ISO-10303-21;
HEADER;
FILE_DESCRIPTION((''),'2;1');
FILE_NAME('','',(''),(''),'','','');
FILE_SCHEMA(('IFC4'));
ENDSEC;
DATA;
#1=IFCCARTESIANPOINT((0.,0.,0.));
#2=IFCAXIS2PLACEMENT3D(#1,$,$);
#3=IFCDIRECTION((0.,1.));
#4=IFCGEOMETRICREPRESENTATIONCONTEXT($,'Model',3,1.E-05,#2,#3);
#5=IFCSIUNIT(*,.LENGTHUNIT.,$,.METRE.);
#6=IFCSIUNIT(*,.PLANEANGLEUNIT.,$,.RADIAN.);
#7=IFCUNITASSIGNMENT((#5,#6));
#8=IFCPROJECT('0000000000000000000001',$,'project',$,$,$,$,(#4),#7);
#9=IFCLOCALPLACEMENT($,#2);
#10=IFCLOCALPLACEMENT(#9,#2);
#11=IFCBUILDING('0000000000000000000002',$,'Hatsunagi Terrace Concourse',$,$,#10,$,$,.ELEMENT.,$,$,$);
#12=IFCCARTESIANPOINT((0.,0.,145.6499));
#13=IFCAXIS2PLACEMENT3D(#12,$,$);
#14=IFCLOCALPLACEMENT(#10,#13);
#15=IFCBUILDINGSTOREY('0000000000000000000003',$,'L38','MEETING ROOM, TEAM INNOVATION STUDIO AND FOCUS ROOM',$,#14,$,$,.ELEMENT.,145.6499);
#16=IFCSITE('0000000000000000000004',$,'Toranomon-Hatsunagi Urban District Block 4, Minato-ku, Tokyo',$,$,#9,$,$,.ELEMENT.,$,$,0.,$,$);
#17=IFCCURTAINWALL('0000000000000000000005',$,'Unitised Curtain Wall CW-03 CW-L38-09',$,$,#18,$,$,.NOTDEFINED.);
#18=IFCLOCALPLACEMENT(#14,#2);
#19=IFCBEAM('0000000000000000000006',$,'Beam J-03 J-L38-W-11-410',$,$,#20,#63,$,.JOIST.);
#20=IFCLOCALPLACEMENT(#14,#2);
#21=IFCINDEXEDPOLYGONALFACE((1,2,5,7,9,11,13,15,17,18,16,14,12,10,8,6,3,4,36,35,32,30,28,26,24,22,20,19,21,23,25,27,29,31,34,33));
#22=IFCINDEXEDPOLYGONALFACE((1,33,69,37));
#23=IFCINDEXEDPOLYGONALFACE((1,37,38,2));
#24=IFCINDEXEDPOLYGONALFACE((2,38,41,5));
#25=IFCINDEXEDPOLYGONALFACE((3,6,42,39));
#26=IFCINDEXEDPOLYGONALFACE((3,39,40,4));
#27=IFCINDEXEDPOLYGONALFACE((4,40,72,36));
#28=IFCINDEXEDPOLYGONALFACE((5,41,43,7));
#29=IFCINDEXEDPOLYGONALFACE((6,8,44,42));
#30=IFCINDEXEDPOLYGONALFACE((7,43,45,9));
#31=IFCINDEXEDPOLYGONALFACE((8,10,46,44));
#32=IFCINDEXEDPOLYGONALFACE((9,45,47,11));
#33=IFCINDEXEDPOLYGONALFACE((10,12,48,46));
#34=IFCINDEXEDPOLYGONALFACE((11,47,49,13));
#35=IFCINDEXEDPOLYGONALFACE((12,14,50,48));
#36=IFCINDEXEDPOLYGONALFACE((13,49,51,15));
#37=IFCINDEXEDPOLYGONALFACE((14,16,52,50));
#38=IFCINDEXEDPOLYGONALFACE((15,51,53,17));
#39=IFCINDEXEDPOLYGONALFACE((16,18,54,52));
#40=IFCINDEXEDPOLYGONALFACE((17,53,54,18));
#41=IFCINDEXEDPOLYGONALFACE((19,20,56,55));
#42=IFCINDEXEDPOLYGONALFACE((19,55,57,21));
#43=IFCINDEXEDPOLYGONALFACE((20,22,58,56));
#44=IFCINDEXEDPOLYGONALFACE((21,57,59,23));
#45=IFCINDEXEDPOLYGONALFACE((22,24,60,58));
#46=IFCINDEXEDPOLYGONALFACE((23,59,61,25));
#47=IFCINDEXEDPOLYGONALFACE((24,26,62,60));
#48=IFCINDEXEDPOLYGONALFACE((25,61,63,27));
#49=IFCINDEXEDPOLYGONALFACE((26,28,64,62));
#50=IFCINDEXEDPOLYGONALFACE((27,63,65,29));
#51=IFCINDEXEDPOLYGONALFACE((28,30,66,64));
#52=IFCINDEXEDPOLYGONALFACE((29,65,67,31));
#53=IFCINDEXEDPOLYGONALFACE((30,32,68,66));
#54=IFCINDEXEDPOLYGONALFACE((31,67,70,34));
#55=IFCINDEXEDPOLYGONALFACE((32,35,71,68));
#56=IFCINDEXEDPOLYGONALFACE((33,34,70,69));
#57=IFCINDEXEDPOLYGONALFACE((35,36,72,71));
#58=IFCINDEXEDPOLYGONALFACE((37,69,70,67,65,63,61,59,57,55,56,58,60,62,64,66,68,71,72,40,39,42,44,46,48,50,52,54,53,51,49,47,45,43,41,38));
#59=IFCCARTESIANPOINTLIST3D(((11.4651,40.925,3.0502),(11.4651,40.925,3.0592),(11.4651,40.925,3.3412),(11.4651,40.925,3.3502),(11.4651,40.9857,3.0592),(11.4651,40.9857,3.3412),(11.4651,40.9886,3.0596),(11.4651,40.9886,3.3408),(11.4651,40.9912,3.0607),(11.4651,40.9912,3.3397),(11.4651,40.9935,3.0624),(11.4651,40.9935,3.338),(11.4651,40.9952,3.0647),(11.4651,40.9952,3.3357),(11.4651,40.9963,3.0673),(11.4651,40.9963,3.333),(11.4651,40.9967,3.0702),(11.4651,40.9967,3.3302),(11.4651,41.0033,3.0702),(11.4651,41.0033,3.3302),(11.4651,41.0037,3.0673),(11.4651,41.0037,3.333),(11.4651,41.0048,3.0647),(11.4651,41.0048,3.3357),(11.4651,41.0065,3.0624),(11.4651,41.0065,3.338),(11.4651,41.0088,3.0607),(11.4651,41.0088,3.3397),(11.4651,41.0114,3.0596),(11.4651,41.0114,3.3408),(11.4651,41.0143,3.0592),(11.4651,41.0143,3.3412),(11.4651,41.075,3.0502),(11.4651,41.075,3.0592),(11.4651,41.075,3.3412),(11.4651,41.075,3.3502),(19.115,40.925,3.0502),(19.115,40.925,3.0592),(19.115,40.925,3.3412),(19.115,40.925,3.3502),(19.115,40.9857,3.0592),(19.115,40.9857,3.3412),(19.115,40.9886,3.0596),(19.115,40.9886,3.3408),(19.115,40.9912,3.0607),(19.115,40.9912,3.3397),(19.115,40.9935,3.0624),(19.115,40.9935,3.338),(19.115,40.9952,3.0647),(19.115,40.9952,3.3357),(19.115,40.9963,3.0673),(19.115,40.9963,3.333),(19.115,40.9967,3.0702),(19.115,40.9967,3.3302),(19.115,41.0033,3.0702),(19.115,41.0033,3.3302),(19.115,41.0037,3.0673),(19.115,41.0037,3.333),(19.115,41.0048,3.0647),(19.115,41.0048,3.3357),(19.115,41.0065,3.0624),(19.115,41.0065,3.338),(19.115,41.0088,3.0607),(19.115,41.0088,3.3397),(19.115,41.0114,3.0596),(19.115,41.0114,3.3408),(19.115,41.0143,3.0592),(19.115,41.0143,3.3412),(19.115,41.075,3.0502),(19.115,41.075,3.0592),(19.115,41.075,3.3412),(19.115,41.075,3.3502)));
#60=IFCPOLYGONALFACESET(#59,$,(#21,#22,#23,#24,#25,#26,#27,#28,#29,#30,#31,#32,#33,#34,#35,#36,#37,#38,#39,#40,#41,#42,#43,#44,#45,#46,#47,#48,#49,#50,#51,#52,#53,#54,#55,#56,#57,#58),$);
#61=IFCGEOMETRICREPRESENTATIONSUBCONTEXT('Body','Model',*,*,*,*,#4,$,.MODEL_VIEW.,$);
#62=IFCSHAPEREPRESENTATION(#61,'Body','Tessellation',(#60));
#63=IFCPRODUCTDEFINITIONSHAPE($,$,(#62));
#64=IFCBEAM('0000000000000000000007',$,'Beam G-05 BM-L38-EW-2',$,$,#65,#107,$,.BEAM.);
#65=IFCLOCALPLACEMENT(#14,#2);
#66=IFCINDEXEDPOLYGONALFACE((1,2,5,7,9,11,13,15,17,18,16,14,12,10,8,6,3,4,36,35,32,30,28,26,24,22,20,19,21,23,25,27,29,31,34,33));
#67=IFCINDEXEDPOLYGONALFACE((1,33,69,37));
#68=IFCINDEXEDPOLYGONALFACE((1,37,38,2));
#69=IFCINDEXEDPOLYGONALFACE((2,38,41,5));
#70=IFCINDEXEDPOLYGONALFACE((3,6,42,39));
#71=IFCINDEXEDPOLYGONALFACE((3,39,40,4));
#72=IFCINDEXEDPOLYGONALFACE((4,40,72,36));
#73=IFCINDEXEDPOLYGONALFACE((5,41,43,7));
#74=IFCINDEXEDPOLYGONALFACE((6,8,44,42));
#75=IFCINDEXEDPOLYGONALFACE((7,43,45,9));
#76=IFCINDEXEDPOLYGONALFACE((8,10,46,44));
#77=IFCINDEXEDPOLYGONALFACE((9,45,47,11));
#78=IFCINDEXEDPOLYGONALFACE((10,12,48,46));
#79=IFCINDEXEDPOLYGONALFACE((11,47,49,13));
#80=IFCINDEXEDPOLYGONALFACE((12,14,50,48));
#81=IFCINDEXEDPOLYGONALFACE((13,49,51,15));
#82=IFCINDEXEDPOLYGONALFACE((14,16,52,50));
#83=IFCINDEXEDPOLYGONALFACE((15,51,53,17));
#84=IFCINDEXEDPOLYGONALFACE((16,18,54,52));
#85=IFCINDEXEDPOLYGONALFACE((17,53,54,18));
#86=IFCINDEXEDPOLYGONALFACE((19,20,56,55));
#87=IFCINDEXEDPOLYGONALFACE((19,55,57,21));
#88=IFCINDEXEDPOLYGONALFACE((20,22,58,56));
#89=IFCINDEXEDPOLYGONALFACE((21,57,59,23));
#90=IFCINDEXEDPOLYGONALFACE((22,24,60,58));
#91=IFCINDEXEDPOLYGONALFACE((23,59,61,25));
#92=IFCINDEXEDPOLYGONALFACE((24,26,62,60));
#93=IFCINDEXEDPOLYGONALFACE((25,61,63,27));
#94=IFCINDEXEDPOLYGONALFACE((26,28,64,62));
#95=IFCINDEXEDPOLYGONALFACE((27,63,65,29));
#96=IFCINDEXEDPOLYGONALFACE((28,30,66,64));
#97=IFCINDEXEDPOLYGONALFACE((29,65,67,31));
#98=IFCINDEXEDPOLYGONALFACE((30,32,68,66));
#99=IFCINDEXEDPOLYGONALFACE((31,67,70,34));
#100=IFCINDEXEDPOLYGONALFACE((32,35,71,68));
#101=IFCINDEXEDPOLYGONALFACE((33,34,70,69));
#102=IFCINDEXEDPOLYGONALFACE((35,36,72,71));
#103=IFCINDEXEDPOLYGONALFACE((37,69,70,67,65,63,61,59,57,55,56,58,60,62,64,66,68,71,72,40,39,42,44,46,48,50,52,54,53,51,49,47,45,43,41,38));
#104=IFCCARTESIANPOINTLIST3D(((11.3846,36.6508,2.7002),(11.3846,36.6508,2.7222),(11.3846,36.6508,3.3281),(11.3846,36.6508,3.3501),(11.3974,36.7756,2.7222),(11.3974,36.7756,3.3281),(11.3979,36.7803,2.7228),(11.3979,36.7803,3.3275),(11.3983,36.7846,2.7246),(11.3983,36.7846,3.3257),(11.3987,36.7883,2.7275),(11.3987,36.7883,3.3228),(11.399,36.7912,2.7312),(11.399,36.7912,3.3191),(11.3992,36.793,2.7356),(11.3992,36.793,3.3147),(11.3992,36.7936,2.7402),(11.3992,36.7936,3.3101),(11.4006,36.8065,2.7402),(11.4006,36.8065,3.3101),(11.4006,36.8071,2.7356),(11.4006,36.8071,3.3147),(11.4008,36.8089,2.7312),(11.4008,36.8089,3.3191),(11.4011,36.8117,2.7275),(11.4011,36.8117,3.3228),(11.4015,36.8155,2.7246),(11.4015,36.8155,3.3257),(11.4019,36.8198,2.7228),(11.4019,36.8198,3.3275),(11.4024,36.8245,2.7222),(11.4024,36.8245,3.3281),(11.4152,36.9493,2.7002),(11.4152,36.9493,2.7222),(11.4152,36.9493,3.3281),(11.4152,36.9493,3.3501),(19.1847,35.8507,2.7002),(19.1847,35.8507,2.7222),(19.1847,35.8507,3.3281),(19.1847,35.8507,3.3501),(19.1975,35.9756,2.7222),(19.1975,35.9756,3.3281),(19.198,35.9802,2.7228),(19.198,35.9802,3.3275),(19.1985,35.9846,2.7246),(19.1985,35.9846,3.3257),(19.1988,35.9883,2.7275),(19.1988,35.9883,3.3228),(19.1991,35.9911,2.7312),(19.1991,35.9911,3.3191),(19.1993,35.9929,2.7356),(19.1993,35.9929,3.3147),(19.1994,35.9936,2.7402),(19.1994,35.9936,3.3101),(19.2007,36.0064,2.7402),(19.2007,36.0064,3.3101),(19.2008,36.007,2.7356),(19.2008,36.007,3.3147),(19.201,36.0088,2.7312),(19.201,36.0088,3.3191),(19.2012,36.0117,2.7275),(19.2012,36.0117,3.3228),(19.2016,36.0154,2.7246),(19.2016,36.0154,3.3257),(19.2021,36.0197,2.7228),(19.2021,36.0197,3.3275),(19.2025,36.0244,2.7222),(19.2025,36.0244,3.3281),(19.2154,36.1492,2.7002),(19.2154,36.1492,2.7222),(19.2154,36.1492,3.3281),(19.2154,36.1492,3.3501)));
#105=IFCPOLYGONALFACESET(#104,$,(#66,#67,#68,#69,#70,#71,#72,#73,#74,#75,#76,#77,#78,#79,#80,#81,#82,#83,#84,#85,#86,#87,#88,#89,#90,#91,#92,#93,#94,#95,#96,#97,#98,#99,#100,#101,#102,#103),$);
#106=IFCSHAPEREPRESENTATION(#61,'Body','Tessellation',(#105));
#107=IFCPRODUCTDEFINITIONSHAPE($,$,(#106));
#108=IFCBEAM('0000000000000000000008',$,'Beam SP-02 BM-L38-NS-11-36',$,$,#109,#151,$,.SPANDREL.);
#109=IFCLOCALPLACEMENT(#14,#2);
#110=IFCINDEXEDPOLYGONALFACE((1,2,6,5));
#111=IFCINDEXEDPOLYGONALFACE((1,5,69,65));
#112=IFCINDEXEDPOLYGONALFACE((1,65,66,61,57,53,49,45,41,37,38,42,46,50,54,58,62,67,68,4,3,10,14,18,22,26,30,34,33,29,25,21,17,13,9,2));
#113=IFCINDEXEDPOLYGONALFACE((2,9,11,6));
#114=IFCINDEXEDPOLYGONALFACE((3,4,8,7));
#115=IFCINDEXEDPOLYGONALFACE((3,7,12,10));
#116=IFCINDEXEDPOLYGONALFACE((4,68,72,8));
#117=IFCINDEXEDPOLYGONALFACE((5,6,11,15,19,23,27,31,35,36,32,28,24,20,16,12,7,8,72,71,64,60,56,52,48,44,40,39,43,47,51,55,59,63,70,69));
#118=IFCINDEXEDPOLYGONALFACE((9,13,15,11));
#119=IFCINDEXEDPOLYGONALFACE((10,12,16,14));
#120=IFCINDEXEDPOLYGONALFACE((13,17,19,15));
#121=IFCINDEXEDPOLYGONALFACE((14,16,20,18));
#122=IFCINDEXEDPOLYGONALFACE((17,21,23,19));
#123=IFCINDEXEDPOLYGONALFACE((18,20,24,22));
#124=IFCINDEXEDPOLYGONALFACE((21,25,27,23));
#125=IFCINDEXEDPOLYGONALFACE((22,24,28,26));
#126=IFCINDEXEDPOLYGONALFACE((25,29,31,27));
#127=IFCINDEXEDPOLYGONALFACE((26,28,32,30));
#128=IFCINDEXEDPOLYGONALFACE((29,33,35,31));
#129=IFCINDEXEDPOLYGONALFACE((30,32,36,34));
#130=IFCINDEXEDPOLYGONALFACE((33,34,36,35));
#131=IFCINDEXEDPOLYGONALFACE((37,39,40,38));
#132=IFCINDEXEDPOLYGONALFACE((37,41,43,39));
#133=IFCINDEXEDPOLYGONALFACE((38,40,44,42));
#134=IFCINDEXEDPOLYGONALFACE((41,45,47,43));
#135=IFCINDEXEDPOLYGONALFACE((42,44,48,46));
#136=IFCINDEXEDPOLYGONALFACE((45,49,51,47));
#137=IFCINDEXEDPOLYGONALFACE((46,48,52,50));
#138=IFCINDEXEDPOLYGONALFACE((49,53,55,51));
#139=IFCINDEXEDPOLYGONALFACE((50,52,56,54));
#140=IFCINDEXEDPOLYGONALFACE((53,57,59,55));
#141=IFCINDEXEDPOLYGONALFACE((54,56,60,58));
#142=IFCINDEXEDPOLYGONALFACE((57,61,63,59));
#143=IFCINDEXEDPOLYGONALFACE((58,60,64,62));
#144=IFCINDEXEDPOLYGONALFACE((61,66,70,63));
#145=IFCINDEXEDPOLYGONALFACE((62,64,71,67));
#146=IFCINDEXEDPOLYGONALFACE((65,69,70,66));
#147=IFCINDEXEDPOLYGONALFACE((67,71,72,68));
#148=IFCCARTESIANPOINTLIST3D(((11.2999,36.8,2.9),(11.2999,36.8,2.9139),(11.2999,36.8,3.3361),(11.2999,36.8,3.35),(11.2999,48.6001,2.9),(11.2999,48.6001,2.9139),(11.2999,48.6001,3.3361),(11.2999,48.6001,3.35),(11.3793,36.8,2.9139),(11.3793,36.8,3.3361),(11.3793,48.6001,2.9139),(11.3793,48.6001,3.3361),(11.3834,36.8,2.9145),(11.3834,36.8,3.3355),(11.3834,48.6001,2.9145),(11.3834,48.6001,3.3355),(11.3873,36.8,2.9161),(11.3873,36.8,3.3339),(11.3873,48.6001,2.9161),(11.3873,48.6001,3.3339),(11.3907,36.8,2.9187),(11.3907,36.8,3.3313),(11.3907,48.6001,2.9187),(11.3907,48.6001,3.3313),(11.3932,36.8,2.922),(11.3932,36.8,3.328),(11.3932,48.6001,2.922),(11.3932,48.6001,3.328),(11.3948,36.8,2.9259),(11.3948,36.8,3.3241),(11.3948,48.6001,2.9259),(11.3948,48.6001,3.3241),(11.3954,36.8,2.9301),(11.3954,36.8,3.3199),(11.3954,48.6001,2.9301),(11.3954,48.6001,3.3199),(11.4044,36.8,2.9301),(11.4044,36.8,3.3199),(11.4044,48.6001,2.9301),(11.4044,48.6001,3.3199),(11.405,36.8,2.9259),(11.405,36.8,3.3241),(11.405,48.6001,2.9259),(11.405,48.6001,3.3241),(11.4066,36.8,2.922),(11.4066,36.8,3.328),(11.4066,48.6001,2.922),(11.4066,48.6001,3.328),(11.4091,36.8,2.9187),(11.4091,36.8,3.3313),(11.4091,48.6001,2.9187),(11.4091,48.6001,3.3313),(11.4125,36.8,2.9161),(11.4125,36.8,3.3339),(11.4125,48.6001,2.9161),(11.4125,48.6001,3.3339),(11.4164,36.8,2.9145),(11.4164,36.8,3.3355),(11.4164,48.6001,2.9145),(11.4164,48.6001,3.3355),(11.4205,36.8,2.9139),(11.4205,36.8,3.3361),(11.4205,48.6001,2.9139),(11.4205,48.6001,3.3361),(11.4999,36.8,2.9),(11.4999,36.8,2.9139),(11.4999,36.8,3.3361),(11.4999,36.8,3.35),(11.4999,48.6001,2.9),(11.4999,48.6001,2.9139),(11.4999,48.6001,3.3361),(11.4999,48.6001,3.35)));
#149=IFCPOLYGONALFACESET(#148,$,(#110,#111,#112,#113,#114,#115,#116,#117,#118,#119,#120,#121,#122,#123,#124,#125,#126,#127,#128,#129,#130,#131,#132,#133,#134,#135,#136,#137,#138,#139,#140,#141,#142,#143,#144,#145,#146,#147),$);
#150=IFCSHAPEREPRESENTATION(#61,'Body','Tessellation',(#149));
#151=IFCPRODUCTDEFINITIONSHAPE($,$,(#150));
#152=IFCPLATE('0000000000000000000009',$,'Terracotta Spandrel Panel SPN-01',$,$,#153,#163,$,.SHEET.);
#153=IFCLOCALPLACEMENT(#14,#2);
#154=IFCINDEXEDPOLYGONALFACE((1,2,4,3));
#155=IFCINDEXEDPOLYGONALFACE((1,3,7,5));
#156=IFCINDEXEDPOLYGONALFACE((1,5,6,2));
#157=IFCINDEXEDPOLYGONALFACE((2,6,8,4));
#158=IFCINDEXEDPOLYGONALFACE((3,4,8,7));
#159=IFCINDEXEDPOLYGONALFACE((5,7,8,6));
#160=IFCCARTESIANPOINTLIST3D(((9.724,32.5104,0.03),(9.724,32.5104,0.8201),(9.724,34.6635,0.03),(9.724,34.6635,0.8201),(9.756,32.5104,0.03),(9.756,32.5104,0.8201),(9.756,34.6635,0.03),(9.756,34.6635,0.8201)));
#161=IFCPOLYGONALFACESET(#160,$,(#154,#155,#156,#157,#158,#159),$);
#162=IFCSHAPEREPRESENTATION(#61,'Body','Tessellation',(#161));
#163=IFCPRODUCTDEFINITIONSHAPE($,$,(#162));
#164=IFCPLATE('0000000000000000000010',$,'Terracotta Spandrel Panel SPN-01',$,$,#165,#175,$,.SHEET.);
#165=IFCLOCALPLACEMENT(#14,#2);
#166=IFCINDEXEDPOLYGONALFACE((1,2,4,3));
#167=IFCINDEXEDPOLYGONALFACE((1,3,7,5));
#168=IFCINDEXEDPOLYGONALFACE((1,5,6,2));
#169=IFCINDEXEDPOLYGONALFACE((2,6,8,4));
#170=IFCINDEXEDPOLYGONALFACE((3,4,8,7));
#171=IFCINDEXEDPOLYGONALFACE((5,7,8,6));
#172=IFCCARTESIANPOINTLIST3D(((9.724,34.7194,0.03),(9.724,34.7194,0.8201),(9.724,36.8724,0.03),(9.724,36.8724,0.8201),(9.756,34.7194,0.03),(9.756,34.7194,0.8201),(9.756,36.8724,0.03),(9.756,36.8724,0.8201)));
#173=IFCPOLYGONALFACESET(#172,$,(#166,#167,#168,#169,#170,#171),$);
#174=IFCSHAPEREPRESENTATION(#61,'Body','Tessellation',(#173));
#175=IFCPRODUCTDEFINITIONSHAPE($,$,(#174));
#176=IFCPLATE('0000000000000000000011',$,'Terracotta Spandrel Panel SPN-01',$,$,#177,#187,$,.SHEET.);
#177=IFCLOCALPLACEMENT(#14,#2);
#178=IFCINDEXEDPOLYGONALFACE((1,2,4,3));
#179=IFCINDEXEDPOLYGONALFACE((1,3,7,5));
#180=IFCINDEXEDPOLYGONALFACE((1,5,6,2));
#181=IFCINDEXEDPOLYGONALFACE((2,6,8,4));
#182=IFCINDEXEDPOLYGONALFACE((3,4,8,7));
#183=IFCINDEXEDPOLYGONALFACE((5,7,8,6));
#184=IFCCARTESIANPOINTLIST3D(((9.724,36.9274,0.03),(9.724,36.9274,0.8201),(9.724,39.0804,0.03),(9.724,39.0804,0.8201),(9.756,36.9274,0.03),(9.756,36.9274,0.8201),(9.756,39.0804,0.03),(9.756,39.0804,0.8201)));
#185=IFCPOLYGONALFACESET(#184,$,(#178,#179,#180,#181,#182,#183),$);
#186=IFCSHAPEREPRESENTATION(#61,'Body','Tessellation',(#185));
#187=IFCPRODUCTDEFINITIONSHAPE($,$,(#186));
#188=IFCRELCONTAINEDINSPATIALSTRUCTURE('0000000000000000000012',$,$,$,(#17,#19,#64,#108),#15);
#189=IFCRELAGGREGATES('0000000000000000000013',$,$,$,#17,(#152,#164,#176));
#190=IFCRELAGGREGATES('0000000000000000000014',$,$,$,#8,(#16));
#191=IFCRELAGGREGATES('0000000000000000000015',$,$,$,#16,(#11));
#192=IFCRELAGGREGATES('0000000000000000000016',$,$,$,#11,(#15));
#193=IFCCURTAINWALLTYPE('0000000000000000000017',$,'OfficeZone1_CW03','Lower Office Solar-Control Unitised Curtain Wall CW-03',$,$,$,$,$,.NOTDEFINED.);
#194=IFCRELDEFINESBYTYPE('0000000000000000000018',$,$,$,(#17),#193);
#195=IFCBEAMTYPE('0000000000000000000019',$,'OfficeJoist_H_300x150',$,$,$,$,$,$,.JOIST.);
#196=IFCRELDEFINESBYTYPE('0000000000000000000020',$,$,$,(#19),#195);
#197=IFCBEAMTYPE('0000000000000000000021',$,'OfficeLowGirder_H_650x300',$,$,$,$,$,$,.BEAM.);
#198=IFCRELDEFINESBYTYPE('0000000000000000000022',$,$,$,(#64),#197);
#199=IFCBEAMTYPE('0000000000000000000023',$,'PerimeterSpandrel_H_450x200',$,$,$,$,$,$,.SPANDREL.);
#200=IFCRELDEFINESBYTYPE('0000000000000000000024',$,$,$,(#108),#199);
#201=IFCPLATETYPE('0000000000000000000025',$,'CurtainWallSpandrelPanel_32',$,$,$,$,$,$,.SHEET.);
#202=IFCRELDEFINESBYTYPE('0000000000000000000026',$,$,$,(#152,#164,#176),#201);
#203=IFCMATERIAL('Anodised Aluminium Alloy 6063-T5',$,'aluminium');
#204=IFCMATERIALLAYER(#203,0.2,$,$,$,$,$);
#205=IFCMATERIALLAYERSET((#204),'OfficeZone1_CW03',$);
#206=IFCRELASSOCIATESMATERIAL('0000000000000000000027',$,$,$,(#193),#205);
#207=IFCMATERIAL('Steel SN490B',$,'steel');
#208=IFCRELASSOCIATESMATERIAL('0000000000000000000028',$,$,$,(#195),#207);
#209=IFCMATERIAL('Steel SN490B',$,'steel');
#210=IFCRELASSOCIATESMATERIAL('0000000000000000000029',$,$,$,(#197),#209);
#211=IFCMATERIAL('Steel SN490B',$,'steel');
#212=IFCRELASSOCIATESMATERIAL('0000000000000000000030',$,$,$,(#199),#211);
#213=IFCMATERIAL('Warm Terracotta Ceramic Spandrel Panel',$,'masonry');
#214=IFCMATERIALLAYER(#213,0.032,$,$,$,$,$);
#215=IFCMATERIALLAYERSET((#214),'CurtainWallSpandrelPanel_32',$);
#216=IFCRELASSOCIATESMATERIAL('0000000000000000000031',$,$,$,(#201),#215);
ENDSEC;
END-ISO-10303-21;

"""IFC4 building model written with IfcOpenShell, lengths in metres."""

from ifc_helpers import new_model, si_unit, direction, frame, origin, origin_2d, place, context, subcontext, project, spatial, rectangle, i_section, extrude, material, layer, layer_set, material_profile, profile_set, type_object, element, aggregate, save


model = new_model("IFC4")

# Units and contexts
model_context = context("Model", 3, precision=1e-05, world=origin(), true_north=direction((0.0, 1.0)))
body_context = subcontext(model_context, "Body", "Model", "MODEL_VIEW")
ifc_project = project(units=[si_unit("LENGTHUNIT", "METRE"), si_unit("PLANEANGLEUNIT", "RADIAN")], contexts=[model_context])

# Site, building, storey
site_placement = place(None, origin())
site = spatial("IfcSite", under=ifc_project, at=site_placement, Name="Toranomon-Hatsunagi Urban District Block 4, Minato-ku, Tokyo", CompositionType="ELEMENT", RefElevation=0.0)
building_placement = place(site_placement, origin())
building = spatial("IfcBuilding", under=site, at=building_placement, Name="Hatsunagi Terrace Concourse", CompositionType="ELEMENT")
storey_placement = place(building_placement, frame((0.0, 0.0, 145.6499)))
storey = spatial("IfcBuildingStorey", under=building, at=storey_placement, Name="L38", Description="MEETING ROOM, TEAM INNOVATION STUDIO AND FOCUS ROOM", CompositionType="ELEMENT", Elevation=145.6499)

# Curtain wall
ifc_material_1 = material(Name="Anodised Aluminium Alloy 6063-T5", Category="aluminium")
ifc_layer_1 = layer(ifc_material_1, 0.2)
ifc_layer_set_1 = layer_set([ifc_layer_1], Name="OfficeZone1_CW03")
curtain_wall_type = type_object("IfcCurtainWallType", Name="OfficeZone1_CW03", Description="Lower Office Solar-Control Unitised Curtain Wall CW-03", PredefinedType="NOTDEFINED", material=ifc_layer_set_1)
curtain_wall_placement = place(storey_placement, origin())
curtain_wall = element("IfcCurtainWall", 1, at=curtain_wall_placement, inside=storey, type_object=curtain_wall_type, Name="Unitised Curtain Wall CW-03 CW-L38-09", PredefinedType="NOTDEFINED")

# Beams
ifc_material_2 = material(Name="Steel SN490B", Category="steel")
ifc_material_profile_1 = material_profile(ifc_material_2, i_section(OverallWidth=0.1499, OverallDepth=0.3, WebThickness=0.0066, FlangeThickness=0.009, FilletRadius=0.011, at=origin_2d()), Name="H-300x150x6.5x9")
ifc_profile_set_1 = profile_set([ifc_material_profile_1], Name="Steel SN490B")
beam_type_1 = type_object("IfcBeamType", Name="OfficeJoist_H_300x150", PredefinedType="JOIST", material=ifc_profile_set_1)
for number, where, z_axis, x_axis, name in (
    (2, (11.4651, 41.0, 3.2002), (1.0, 0.0, 0.0), (0.0, 1.0, 0.0), "Beam J-03 J-L38-W-11-410"),
):
    element("IfcBeam", number, at=place(storey_placement, frame(where, z_axis=z_axis, x_axis=x_axis)), inside=storey, type_object=beam_type_1, Name=name, PredefinedType="JOIST", context=body_context, shape_type="SweptSolid", body=[
        extrude(i_section(OverallWidth=0.1499, OverallDepth=0.3, WebThickness=0.0066, FlangeThickness=0.009, FilletRadius=0.011, at=origin_2d()), origin(), (0.0, 0.0, 1.0), 7.6499),
    ])
ifc_material_3 = material(Name="Steel SN490B", Category="steel")
ifc_material_profile_2 = material_profile(ifc_material_3, i_section(OverallWidth=0.3, OverallDepth=0.6499, WebThickness=0.0129, FlangeThickness=0.022, FilletRadius=0.0181, at=origin_2d()), Name="H-650x300x13x22")
ifc_profile_set_2 = profile_set([ifc_material_profile_2], Name="Steel SN490B")
beam_type_2 = type_object("IfcBeamType", Name="OfficeLowGirder_H_650x300", PredefinedType="BEAM", material=ifc_profile_set_2)
beam_1_placement = place(storey_placement, frame((11.3999, 36.8, 3.0251), z_axis=(0.994781, -0.102034, 0.0), x_axis=(0.102034, 0.994781, 0.0)))
element("IfcBeam", 3, at=beam_1_placement, inside=storey, type_object=beam_type_2, Name="Beam G-05 BM-L38-EW-2", PredefinedType="BEAM", context=body_context, shape_type="SweptSolid", body=[
    extrude(i_section(OverallWidth=0.3, OverallDepth=0.6499, WebThickness=0.0129, FlangeThickness=0.022, FilletRadius=0.0181, at=origin_2d()), origin(), (0.0, 0.0, 1.0), 7.8411),
])
ifc_material_4 = material(Name="Steel SN490B", Category="steel")
ifc_material_profile_3 = material_profile(ifc_material_4, i_section(OverallWidth=0.2, OverallDepth=0.45, WebThickness=0.009, FlangeThickness=0.0139, FilletRadius=0.0161, at=origin_2d()), Name="H-450x200x9x14")
ifc_profile_set_3 = profile_set([ifc_material_profile_3], Name="Steel SN490B")
beam_type_3 = type_object("IfcBeamType", Name="PerimeterSpandrel_H_450x200", PredefinedType="SPANDREL", material=ifc_profile_set_3)
beam_2_placement = place(storey_placement, frame((11.3999, 36.8, 3.125), z_axis=(0.0, 1.0, 0.0), x_axis=(-1.0, 0.0, 0.0)))
element("IfcBeam", 4, at=beam_2_placement, inside=storey, type_object=beam_type_3, Name="Beam SP-02 BM-L38-NS-11-36", PredefinedType="SPANDREL", context=body_context, shape_type="SweptSolid", body=[
    extrude(i_section(OverallWidth=0.2, OverallDepth=0.45, WebThickness=0.009, FlangeThickness=0.0139, FilletRadius=0.0161, at=origin_2d()), origin(), (0.0, 0.0, 1.0), 11.8),
])

# Plates
ifc_material_5 = material(Name="Warm Terracotta Ceramic Spandrel Panel", Category="masonry")
ifc_layer_2 = layer(ifc_material_5, 0.032)
ifc_layer_set_2 = layer_set([ifc_layer_2], Name="CurtainWallSpandrelPanel_32")
plate_type_1 = type_object("IfcPlateType", Name="CurtainWallSpandrelPanel_32", PredefinedType="SHEET", material=ifc_layer_set_2)
plate_1_placement = place(storey_placement, frame((9.74, 33.5869, 0.03), z_axis=(0.0, 0.0, 1.0), x_axis=(0.0, 1.0, 0.0)))
plate_1 = element("IfcPlate", 5, at=plate_1_placement, type_object=plate_type_1, Name="Terracotta Spandrel Panel SPN-01", PredefinedType="SHEET", context=body_context, shape_type="SweptSolid", body=[
    extrude(rectangle(XDim=2.1531, YDim=0.032, at=origin_2d()), origin(), (0.0, 0.0, 1.0), 0.79),
])
plate_2_placement = place(storey_placement, frame((9.74, 35.7959, 0.03), z_axis=(0.0, 0.0, 1.0), x_axis=(0.0, 1.0, 0.0)))
plate_2 = element("IfcPlate", 6, at=plate_2_placement, type_object=plate_type_1, Name="Terracotta Spandrel Panel SPN-01", PredefinedType="SHEET", context=body_context, shape_type="SweptSolid", body=[
    extrude(rectangle(XDim=2.1531, YDim=0.032, at=origin_2d()), origin(), (0.0, 0.0, 1.0), 0.79),
])
plate_3_placement = place(storey_placement, frame((9.74, 38.0039, 0.03), z_axis=(0.0, 0.0, 1.0), x_axis=(0.0, 1.0, 0.0)))
plate_3 = element("IfcPlate", 7, at=plate_3_placement, type_object=plate_type_1, Name="Terracotta Spandrel Panel SPN-01", PredefinedType="SHEET", context=body_context, shape_type="SweptSolid", body=[
    extrude(rectangle(XDim=2.1531, YDim=0.032, at=origin_2d()), origin(), (0.0, 0.0, 1.0), 0.79),
])
aggregate(curtain_wall, [plate_1, plate_2, plate_3])

save(model, "model.ifc")
